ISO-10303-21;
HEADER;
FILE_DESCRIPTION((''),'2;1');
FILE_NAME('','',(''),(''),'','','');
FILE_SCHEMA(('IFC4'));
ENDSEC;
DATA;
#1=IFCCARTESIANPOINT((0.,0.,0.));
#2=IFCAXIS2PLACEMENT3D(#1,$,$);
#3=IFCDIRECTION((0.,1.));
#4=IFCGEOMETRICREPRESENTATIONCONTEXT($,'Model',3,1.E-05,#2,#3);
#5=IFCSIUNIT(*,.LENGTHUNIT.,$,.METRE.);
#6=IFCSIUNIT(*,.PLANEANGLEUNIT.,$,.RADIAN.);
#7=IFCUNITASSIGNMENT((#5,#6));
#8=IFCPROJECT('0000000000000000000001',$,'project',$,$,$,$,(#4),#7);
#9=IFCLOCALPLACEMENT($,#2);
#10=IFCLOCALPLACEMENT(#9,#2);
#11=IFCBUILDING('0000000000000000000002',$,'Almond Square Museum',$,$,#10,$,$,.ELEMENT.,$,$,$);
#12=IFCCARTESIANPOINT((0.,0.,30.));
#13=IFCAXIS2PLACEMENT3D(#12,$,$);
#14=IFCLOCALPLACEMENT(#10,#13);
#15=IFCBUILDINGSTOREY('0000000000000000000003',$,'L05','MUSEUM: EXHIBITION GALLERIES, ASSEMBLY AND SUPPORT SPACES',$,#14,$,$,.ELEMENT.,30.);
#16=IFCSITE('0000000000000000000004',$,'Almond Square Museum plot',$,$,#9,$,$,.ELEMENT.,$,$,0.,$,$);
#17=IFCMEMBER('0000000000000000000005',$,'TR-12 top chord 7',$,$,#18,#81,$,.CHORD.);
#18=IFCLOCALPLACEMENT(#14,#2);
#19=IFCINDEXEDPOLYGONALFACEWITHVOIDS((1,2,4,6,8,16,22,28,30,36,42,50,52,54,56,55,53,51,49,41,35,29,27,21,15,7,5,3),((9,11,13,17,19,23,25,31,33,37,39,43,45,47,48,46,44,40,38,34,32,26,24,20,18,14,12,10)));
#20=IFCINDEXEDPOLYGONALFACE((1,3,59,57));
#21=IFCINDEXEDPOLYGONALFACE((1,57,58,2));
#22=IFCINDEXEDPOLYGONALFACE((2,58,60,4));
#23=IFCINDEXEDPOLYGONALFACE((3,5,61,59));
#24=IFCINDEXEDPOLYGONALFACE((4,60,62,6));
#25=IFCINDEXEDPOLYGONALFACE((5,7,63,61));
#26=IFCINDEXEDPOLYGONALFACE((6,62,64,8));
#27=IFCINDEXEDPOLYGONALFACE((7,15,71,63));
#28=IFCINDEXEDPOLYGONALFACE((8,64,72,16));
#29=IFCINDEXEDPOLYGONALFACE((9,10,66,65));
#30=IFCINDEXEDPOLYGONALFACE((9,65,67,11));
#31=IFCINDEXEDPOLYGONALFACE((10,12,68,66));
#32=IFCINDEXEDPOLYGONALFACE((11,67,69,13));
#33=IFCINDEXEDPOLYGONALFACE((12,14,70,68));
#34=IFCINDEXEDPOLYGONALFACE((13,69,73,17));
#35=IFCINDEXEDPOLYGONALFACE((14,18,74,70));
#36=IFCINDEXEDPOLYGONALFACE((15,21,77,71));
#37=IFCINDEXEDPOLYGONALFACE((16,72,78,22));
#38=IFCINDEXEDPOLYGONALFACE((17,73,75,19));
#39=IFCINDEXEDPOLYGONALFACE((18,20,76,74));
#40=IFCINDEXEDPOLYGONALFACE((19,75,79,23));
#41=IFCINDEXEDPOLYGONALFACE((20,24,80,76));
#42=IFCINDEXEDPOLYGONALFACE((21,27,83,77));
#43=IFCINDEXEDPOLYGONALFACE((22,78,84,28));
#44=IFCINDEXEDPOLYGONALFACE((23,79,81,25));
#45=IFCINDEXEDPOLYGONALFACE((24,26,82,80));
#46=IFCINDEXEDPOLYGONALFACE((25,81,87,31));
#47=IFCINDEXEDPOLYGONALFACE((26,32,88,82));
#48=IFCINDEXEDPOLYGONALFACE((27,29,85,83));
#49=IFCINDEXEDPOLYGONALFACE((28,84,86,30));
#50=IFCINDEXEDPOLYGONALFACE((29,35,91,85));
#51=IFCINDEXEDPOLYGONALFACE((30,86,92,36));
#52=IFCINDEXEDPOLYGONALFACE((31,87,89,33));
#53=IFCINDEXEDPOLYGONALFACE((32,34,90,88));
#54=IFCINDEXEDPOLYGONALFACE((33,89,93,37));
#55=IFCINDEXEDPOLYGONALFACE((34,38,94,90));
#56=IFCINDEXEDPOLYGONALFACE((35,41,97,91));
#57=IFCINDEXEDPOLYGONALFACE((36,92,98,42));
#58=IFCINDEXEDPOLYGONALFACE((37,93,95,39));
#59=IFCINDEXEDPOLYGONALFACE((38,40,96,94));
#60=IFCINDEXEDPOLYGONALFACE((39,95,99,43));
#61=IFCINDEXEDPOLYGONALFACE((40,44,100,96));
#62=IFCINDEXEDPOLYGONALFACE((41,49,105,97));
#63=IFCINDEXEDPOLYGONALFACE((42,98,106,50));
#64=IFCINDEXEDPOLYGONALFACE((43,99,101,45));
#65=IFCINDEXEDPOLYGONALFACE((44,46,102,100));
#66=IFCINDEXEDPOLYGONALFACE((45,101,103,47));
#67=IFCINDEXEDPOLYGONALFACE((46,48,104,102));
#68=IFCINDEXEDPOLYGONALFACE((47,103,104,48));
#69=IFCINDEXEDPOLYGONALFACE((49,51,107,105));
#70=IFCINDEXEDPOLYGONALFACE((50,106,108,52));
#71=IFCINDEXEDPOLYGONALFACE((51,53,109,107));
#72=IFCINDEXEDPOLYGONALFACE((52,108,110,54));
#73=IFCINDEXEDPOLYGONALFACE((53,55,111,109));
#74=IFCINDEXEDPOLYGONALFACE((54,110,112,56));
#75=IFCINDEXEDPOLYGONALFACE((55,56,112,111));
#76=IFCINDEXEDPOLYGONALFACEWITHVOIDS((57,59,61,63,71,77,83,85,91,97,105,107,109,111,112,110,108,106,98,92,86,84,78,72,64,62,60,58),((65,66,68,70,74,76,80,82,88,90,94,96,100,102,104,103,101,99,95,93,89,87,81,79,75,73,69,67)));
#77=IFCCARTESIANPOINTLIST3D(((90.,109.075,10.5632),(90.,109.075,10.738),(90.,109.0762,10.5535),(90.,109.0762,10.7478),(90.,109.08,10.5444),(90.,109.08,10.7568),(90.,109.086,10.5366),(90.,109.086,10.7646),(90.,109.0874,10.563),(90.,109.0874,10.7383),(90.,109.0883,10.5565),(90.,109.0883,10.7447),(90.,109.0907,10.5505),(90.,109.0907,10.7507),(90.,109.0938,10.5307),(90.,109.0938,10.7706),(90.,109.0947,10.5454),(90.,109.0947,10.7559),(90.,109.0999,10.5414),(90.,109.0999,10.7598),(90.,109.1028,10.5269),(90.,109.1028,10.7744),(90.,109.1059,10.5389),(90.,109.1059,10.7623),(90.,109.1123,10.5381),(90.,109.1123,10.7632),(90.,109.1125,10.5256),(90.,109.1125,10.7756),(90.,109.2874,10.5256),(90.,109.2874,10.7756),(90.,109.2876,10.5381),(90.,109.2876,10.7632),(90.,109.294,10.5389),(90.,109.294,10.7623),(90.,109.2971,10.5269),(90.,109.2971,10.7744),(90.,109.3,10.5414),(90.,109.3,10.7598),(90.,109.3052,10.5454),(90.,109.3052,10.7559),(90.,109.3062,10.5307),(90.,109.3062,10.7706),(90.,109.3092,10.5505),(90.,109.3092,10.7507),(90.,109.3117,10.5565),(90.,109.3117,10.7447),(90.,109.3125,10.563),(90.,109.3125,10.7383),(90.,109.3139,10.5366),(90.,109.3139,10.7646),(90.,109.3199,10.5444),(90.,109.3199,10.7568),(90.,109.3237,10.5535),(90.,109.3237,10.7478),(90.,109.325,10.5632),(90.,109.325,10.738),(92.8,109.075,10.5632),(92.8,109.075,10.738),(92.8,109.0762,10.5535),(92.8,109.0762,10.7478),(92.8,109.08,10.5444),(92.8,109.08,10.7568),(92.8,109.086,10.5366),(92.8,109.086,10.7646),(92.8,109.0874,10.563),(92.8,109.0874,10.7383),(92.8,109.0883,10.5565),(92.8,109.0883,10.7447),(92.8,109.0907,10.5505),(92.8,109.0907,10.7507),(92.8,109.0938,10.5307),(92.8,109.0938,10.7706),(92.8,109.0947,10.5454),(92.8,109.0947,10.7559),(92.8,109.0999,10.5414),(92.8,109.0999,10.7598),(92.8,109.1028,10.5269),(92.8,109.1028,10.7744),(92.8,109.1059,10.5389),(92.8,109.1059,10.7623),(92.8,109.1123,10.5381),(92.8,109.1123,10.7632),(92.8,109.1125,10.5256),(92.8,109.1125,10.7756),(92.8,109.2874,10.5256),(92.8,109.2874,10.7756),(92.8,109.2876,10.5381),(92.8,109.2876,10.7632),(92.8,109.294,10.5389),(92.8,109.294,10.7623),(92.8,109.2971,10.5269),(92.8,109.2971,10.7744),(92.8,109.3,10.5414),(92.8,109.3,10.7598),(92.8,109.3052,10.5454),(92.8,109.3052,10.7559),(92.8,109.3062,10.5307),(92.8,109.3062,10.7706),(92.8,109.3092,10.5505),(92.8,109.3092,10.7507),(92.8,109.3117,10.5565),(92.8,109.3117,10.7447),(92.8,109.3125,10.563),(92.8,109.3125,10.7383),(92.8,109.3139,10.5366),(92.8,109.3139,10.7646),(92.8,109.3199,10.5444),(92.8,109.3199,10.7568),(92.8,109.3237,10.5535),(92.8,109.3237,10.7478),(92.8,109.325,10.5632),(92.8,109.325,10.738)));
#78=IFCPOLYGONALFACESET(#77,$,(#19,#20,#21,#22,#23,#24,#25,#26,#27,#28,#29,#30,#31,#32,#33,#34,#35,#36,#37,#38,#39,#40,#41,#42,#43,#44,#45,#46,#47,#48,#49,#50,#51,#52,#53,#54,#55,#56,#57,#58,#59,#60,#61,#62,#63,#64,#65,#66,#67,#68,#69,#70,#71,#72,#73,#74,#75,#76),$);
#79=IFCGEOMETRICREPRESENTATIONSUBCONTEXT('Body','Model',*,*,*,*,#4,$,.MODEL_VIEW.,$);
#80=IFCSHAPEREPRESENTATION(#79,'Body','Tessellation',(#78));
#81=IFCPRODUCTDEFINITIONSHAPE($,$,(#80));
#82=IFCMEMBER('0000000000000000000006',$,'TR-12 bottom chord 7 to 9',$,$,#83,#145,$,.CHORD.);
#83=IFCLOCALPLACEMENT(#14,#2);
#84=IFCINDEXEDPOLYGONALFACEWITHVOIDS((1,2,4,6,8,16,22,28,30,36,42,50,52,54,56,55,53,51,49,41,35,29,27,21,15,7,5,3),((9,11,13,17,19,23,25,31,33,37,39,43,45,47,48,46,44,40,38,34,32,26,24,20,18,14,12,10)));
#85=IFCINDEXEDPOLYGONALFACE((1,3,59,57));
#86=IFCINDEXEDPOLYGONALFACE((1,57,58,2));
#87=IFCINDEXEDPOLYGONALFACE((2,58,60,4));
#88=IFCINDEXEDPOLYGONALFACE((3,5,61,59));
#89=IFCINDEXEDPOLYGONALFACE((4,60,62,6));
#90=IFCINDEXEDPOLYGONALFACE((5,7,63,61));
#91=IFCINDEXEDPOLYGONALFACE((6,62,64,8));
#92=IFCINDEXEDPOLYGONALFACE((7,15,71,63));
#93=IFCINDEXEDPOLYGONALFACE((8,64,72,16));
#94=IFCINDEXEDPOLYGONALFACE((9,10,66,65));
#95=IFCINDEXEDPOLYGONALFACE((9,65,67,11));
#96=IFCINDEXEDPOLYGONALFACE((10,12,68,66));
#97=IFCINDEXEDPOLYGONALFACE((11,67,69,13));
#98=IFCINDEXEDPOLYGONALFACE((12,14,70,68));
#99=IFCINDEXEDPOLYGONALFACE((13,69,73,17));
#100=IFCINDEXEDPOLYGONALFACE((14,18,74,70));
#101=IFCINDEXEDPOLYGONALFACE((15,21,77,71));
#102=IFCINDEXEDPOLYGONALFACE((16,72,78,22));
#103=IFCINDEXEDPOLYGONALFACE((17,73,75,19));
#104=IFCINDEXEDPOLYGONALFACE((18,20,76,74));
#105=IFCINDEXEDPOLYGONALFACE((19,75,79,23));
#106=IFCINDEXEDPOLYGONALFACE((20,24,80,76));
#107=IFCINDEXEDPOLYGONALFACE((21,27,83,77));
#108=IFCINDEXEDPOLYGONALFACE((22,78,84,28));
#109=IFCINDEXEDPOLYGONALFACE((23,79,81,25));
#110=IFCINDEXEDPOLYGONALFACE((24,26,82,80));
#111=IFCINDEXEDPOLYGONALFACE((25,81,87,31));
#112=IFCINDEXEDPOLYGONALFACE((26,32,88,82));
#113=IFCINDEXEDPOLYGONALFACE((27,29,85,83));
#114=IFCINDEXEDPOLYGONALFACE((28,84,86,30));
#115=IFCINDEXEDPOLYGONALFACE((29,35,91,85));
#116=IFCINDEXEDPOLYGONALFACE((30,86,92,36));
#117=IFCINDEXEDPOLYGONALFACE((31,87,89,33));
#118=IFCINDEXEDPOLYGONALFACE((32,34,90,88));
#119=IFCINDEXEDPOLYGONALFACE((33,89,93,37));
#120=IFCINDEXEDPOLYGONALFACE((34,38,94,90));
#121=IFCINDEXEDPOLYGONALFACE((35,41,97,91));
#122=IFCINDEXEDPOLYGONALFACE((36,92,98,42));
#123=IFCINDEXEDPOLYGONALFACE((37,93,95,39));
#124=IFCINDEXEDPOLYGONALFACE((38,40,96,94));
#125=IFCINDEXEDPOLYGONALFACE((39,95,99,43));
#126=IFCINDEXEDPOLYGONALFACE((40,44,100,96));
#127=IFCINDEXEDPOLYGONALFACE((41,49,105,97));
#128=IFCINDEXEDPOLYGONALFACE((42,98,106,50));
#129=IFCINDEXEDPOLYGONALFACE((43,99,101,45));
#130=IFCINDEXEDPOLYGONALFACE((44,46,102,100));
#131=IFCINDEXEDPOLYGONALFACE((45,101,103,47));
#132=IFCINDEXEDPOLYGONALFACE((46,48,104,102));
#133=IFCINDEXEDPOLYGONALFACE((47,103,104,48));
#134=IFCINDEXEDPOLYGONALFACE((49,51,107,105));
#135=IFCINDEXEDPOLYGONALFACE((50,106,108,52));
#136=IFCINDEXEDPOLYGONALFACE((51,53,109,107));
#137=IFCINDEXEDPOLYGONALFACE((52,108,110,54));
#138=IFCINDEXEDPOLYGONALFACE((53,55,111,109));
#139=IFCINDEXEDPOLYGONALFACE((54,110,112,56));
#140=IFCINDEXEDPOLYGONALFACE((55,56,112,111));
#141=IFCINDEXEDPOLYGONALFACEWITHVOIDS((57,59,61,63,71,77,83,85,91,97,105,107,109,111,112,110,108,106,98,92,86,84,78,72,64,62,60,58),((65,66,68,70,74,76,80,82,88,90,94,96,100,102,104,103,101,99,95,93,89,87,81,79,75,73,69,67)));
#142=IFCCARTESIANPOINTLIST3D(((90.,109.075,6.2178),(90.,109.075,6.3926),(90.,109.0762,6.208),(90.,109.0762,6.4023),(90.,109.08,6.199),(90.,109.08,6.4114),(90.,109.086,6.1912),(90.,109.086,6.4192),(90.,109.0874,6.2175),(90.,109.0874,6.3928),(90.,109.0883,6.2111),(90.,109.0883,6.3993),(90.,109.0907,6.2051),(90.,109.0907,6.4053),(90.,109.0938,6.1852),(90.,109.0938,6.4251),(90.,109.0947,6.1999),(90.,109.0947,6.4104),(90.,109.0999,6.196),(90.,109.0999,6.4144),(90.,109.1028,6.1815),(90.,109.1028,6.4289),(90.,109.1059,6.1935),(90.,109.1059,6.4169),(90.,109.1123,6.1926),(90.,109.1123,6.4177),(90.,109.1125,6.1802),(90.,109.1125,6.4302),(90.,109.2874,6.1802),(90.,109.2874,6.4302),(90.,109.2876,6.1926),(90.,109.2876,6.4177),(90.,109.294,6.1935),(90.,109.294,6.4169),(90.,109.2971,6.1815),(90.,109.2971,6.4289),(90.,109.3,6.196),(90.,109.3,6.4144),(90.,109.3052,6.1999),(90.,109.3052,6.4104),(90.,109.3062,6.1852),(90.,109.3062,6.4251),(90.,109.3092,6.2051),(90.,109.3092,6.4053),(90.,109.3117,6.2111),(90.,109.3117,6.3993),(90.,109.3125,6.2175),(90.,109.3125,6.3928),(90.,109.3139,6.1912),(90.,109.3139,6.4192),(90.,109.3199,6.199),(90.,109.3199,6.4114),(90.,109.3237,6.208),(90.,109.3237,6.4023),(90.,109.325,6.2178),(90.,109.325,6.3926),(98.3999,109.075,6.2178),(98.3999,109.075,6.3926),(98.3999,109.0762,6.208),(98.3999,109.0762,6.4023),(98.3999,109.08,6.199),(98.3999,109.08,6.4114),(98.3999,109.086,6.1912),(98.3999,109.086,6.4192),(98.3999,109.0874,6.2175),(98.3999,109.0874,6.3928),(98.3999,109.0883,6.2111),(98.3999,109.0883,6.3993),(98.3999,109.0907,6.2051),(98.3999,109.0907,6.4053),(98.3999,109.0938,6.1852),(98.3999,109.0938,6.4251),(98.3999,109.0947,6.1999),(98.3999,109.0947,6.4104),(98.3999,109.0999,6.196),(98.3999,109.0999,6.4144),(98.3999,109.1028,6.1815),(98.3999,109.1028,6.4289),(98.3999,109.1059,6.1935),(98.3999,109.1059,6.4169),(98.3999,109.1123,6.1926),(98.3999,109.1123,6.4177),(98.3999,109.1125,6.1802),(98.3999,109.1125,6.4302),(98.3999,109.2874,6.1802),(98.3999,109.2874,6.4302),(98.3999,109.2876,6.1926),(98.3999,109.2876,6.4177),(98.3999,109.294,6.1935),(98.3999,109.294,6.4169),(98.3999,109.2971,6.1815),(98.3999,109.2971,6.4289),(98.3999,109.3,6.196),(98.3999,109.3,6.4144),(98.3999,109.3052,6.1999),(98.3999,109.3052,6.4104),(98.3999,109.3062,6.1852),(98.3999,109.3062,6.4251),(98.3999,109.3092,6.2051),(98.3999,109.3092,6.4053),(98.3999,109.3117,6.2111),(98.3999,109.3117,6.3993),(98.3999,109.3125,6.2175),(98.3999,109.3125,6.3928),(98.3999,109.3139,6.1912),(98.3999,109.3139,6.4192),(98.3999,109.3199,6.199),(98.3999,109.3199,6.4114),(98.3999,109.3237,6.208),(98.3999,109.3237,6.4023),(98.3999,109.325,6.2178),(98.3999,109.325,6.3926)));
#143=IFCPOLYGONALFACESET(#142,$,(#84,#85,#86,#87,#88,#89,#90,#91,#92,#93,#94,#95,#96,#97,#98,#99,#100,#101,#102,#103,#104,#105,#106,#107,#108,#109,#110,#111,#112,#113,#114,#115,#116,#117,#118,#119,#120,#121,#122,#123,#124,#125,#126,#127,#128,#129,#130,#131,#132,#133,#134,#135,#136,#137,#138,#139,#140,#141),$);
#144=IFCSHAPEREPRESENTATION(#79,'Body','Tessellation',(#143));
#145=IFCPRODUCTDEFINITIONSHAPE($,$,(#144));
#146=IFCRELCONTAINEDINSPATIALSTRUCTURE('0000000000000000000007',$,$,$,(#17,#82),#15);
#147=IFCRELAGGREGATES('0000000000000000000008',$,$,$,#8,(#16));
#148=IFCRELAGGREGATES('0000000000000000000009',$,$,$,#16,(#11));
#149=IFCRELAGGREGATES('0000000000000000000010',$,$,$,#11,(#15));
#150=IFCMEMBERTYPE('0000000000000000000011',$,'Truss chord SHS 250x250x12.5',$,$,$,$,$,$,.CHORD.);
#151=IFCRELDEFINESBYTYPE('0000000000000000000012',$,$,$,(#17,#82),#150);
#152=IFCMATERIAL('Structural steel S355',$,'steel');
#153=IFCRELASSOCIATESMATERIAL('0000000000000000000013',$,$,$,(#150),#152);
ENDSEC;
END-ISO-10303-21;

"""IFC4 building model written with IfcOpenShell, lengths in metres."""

from ifc_helpers import new_model, si_unit, direction, frame, origin, origin_2d, place, context, subcontext, project, spatial, hollow_rectangle, extrude, material, material_profile, profile_set, type_object, element, save


model = new_model("IFC4")

# Units and contexts
model_context = context("Model", 3, precision=1e-05, world=origin(), true_north=direction((0.0, 1.0)))
body_context = subcontext(model_context, "Body", "Model", "MODEL_VIEW")
ifc_project = project(units=[si_unit("LENGTHUNIT", "METRE"), si_unit("PLANEANGLEUNIT", "RADIAN")], contexts=[model_context])

# Site, building, storey
site_placement = place(None, origin())
site = spatial("IfcSite", under=ifc_project, at=site_placement, Name="Almond Square Museum plot", CompositionType="ELEMENT", RefElevation=0.0)
building_placement = place(site_placement, origin())
building = spatial("IfcBuilding", under=site, at=building_placement, Name="Almond Square Museum", CompositionType="ELEMENT")
storey_placement = place(building_placement, frame((0.0, 0.0, 30.0)))
storey = spatial("IfcBuildingStorey", under=building, at=storey_placement, Name="L05", Description="MUSEUM: EXHIBITION GALLERIES, ASSEMBLY AND SUPPORT SPACES", CompositionType="ELEMENT", Elevation=30.0)

# Members
ifc_material_1 = material(Name="Structural steel S355", Category="steel")
ifc_material_profile_1 = material_profile(ifc_material_1, hollow_rectangle(XDim=0.25, YDim=0.25, WallThickness=0.0125, InnerFilletRadius=0.0249, OuterFilletRadius=0.0376, at=origin_2d()))
ifc_profile_set_1 = profile_set([ifc_material_profile_1], Name="Structural steel S355")
member_type_1 = type_object("IfcMemberType", Name="Truss chord SHS 250x250x12.5", PredefinedType="CHORD", material=ifc_profile_set_1)
member_1_placement = place(storey_placement, frame((90.0, 109.2, 10.6506), z_axis=(1.0, 0.0, 0.0), x_axis=(0.0, 1.0, 0.0)))
element("IfcMember", 1, at=member_1_placement, inside=storey, type_object=member_type_1, Name="TR-12 top chord 7", PredefinedType="CHORD", context=body_context, shape_type="SweptSolid", body=[
    extrude(hollow_rectangle(XDim=0.25, YDim=0.25, WallThickness=0.0125, InnerFilletRadius=0.0249, OuterFilletRadius=0.0376, at=origin_2d()), origin(), (0.0, 0.0, 1.0), 2.8),
])
member_2_placement = place(storey_placement, frame((90.0, 109.2, 6.3052), z_axis=(1.0, 0.0, 0.0), x_axis=(0.0, 1.0, 0.0)))
element("IfcMember", 2, at=member_2_placement, inside=storey, type_object=member_type_1, Name="TR-12 bottom chord 7 to 9", PredefinedType="CHORD", context=body_context, shape_type="SweptSolid", body=[
    extrude(hollow_rectangle(XDim=0.25, YDim=0.25, WallThickness=0.0125, InnerFilletRadius=0.0249, OuterFilletRadius=0.0376, at=origin_2d()), origin(), (0.0, 0.0, 1.0), 8.3999),
])

save(model, "model.ifc")
